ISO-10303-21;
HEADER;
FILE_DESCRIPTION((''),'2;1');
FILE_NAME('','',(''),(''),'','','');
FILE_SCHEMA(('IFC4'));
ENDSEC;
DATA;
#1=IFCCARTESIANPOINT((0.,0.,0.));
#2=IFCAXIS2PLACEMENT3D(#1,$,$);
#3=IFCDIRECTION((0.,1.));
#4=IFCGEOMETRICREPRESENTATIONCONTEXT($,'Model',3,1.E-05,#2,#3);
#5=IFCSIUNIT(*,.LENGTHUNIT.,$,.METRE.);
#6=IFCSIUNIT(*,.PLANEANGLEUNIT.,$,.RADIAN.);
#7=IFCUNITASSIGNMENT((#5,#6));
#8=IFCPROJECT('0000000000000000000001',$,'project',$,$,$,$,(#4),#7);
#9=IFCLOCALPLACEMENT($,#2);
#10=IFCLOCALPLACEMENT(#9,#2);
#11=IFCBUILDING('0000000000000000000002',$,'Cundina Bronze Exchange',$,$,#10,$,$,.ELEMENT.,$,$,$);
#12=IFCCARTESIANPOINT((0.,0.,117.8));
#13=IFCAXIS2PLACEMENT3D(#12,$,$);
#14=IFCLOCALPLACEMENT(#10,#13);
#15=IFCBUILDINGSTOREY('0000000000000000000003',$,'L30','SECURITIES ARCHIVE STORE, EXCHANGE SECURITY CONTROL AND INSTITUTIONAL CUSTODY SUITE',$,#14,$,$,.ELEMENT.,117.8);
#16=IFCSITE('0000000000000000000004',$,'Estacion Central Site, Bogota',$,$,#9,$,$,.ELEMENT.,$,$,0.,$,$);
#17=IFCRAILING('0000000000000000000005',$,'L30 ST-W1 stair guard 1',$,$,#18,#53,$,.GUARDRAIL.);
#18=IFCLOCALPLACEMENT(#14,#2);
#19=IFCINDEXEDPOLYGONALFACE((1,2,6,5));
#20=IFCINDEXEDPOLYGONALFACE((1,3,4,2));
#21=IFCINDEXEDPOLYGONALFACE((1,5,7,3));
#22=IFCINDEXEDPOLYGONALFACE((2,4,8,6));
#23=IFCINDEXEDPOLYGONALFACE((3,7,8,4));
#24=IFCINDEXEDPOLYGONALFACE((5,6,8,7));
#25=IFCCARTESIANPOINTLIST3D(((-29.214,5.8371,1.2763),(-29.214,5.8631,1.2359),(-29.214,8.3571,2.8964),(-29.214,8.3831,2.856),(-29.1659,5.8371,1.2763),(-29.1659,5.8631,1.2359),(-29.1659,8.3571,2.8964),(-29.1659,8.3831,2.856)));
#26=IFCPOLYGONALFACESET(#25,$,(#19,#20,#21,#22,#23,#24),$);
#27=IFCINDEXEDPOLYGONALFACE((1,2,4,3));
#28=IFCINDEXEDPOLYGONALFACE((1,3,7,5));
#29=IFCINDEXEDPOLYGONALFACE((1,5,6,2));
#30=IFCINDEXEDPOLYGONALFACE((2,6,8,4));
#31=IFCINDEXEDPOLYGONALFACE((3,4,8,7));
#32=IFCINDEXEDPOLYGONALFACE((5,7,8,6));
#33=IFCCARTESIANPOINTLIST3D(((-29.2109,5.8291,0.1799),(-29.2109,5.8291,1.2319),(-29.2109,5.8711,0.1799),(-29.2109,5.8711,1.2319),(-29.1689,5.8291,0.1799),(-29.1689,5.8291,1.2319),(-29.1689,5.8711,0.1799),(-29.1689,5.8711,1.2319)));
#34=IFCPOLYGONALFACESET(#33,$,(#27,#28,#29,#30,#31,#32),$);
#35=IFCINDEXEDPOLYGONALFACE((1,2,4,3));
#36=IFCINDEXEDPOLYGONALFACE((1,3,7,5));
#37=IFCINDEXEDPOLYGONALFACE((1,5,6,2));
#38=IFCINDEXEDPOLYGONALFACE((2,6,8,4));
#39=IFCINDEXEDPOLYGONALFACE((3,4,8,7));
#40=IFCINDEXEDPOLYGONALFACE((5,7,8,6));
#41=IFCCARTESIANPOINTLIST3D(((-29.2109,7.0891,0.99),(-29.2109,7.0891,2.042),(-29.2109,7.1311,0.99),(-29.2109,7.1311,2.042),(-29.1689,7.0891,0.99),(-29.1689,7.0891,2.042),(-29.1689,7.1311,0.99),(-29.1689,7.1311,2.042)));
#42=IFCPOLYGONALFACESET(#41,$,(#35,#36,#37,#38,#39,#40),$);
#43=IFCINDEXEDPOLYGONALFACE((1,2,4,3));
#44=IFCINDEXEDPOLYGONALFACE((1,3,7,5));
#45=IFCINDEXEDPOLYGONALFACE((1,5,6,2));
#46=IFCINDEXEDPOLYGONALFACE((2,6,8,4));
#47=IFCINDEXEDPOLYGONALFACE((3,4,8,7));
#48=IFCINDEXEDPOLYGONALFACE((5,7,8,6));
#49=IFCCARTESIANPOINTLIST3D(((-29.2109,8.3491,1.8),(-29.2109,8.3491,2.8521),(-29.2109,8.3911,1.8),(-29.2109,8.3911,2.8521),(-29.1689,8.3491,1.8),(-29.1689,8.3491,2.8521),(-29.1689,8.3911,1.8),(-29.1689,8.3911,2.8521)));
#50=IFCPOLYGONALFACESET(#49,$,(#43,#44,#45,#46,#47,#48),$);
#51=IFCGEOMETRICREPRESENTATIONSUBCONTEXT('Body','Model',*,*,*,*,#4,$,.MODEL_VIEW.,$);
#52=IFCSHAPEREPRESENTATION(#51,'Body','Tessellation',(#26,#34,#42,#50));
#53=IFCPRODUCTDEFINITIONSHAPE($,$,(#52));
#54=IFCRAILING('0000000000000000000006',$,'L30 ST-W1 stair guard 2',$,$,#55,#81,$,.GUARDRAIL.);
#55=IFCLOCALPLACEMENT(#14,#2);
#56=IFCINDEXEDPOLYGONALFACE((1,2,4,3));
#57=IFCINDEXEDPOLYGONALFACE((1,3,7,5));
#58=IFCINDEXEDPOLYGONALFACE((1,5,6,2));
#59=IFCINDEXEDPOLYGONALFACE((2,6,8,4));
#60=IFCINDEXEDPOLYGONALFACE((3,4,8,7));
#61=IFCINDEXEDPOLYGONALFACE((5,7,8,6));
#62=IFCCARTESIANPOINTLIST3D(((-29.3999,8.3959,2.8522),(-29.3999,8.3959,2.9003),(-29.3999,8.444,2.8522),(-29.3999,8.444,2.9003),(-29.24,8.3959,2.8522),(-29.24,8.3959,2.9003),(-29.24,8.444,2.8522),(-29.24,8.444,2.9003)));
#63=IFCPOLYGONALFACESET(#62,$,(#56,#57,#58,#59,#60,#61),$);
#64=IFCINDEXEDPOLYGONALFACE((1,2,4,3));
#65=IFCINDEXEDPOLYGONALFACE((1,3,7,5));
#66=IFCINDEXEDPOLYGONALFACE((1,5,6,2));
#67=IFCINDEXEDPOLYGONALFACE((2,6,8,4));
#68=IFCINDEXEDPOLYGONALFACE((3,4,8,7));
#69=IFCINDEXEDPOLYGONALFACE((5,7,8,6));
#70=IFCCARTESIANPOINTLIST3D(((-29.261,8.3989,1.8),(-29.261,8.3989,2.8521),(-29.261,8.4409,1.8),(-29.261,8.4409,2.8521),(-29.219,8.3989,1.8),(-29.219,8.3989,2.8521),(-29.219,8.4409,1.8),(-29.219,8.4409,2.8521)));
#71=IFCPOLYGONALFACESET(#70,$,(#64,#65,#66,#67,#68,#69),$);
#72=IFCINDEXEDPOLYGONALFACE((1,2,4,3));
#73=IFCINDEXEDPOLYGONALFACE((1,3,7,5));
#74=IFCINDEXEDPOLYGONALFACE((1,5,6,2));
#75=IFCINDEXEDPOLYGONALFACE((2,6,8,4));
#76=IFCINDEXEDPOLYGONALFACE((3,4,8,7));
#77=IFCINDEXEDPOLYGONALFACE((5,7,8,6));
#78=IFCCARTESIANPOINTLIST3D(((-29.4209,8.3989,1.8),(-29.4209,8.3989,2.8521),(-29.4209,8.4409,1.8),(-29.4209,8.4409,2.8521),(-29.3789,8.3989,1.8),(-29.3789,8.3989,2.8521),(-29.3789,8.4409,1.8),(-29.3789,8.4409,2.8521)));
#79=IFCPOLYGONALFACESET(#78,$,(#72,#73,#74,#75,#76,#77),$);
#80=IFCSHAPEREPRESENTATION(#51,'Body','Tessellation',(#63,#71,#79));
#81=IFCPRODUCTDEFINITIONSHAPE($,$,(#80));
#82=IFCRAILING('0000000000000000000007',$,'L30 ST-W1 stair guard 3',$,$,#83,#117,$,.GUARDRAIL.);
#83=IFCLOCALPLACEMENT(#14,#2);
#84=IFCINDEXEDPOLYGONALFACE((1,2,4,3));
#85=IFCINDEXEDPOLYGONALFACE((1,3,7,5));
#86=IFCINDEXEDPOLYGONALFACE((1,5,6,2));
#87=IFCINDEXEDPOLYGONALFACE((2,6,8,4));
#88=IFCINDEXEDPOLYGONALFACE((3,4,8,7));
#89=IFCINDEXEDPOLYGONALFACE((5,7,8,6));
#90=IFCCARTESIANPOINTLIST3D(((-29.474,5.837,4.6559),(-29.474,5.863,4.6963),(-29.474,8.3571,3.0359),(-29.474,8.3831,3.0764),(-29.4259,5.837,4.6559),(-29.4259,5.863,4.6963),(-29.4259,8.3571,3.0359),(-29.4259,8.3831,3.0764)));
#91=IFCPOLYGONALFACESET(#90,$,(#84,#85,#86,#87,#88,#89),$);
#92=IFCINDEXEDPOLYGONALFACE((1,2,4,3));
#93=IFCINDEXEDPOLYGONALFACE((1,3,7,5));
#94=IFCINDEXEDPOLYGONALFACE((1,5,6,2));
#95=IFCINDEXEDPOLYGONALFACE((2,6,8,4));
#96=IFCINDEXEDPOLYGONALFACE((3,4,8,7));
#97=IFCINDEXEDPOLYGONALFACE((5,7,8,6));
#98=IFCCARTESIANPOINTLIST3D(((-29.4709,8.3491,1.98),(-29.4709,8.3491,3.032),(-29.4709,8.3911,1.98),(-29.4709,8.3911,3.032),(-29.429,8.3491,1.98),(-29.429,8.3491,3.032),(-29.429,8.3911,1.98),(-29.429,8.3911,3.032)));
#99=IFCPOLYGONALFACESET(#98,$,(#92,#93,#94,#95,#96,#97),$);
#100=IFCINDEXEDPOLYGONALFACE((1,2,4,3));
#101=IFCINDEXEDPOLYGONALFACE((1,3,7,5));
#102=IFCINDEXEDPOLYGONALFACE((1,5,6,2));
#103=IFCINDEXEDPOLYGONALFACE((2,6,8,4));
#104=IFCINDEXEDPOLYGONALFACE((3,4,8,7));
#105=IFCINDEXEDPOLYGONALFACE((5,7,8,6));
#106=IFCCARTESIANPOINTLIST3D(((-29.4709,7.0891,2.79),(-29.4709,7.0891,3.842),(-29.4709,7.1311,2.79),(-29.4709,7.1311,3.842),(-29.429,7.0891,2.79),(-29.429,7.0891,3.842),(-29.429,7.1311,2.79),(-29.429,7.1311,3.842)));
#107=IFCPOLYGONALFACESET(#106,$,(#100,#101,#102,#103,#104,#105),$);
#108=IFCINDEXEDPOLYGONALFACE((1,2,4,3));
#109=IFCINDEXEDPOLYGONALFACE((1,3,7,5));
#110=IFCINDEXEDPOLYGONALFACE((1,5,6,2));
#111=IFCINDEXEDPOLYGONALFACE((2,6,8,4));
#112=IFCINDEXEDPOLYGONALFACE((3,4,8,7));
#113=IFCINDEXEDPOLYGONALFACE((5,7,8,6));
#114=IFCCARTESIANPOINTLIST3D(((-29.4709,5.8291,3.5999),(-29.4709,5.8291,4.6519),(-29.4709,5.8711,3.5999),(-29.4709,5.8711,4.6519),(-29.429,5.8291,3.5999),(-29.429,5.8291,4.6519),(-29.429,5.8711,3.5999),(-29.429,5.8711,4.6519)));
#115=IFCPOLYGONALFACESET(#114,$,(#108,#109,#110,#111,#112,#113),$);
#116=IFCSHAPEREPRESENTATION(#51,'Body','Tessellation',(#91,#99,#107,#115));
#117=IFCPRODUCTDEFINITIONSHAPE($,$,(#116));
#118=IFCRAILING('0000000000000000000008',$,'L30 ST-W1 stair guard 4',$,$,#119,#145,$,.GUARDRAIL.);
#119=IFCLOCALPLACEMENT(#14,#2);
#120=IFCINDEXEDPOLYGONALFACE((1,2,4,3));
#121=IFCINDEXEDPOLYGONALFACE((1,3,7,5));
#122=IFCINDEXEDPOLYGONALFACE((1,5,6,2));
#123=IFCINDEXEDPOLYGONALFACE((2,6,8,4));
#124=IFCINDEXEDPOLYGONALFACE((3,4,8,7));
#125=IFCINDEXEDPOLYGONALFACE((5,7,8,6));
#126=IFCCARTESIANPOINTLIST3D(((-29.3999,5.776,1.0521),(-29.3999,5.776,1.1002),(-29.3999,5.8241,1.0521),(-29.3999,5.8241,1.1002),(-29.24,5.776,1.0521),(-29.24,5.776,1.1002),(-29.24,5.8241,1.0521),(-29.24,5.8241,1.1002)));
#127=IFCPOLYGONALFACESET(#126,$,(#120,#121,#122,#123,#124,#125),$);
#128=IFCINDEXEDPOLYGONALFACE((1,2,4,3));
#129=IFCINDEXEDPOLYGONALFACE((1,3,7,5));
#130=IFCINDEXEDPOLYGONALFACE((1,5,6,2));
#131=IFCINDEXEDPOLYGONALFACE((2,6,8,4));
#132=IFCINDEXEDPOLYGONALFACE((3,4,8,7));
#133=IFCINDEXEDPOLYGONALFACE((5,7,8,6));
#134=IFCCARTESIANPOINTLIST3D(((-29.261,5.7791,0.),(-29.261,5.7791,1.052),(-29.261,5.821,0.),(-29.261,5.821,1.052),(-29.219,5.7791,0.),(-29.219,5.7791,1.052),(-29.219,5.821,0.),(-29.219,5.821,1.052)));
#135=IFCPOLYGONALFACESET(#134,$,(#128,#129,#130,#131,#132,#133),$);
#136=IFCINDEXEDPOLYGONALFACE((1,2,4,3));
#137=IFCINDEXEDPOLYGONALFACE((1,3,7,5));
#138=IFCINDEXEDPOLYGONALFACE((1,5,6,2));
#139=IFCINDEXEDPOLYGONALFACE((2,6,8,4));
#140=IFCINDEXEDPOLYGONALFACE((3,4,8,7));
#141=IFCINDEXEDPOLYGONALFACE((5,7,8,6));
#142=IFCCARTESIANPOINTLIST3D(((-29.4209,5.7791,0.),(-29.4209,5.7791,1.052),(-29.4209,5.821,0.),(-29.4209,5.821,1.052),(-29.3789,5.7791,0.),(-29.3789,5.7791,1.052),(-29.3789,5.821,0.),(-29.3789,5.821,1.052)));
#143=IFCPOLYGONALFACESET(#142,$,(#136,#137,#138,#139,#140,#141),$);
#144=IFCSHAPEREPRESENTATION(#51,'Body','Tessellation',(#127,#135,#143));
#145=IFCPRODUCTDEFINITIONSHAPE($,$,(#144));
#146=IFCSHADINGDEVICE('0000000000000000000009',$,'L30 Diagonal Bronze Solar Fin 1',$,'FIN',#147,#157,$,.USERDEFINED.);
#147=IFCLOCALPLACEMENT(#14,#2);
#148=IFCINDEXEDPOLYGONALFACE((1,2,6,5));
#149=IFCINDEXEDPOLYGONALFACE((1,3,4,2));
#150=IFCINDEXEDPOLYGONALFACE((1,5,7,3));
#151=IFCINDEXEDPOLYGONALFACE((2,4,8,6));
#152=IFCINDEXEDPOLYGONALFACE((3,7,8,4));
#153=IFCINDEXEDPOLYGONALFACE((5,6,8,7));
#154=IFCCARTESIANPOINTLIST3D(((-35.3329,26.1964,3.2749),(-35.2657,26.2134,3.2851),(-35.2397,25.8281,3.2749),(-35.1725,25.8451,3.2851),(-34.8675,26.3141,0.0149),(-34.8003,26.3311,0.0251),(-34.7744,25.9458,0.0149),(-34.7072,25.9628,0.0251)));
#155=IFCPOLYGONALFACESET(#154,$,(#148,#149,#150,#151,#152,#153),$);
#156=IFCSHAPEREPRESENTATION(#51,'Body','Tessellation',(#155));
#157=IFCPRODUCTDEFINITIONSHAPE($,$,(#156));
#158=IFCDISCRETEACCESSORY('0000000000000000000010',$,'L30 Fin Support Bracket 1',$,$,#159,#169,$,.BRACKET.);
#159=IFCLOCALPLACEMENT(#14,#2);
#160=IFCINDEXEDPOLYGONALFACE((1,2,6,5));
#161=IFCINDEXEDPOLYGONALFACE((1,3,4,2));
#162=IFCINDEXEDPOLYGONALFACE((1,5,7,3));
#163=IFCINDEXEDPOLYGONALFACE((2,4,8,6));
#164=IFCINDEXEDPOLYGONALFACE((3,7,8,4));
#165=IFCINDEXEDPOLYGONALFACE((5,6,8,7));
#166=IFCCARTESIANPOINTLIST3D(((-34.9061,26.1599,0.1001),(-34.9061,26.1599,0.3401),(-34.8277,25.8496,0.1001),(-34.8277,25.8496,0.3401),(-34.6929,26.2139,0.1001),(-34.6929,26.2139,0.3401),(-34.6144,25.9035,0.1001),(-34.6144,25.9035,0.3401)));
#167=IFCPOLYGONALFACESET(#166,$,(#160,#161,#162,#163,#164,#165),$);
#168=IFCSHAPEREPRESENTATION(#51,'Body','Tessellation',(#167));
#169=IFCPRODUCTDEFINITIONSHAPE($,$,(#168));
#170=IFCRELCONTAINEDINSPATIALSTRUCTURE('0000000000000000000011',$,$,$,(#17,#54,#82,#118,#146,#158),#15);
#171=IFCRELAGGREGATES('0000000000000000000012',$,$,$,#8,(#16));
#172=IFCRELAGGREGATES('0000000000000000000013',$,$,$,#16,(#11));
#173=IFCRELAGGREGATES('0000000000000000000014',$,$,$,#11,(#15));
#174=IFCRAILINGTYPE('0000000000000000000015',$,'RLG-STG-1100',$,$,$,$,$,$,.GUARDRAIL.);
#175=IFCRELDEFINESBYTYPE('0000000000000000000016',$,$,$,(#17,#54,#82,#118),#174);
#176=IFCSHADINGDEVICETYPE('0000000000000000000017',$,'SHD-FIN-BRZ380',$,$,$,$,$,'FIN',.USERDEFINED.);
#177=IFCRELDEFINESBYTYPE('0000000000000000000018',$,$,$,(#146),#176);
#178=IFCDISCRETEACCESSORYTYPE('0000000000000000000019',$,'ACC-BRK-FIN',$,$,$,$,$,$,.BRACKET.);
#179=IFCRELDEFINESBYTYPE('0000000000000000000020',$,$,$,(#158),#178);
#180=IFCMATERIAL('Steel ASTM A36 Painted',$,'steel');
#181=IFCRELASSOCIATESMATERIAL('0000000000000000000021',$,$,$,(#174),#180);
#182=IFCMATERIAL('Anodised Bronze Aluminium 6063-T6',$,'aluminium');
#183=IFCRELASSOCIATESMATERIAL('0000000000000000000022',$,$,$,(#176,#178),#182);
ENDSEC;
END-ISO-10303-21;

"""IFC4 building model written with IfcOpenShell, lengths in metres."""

from ifc_helpers import new_model, si_unit, direction, frame, origin, origin_2d, place, context, subcontext, project, spatial, rectangle, extrude, material, material_profile, profile_set, type_object, element, save


model = new_model("IFC4")

# Units and contexts
model_context = context("Model", 3, precision=1e-05, world=origin(), true_north=direction((0.0, 1.0)))
body_context = subcontext(model_context, "Body", "Model", "MODEL_VIEW")
ifc_project = project(units=[si_unit("LENGTHUNIT", "METRE"), si_unit("PLANEANGLEUNIT", "RADIAN")], contexts=[model_context])

# Site, building, storey
site_placement = place(None, origin())
site = spatial("IfcSite", under=ifc_project, at=site_placement, Name="Estacion Central Site, Bogota", CompositionType="ELEMENT", RefElevation=0.0)
building_placement = place(site_placement, origin())
building = spatial("IfcBuilding", under=site, at=building_placement, Name="Cundina Bronze Exchange", CompositionType="ELEMENT")
storey_placement = place(building_placement, frame((0.0, 0.0, 117.8)))
storey = spatial("IfcBuildingStorey", under=building, at=storey_placement, Name="L30", Description="SECURITIES ARCHIVE STORE, EXCHANGE SECURITY CONTROL AND INSTITUTIONAL CUSTODY SUITE", CompositionType="ELEMENT", Elevation=117.8)

# Shared definitions
ifc_material_1 = material(Name="Anodised Bronze Aluminium 6063-T6", Category="aluminium")

# Shared definitions
ifc_material_2 = material(Name="Steel ASTM A36 Painted", Category="steel")

# Railings
railing_type_1 = type_object("IfcRailingType", Name="RLG-STG-1100", PredefinedType="GUARDRAIL", material=ifc_material_2)
railing_1_placement = place(storey_placement, frame((-29.1899, 5.8501, 0.1799)))
element("IfcRailing", 1, at=railing_1_placement, inside=storey, type_object=railing_type_1, Name="L30 ST-W1 stair guard 1", PredefinedType="GUARDRAIL", context=body_context, shape_type="SweptSolid", body=[
    extrude(rectangle(XDim=0.0481, YDim=0.0481, at=origin_2d()), frame((0.0, 0.0, 1.0762), z_axis=(0.0, 0.841163, 0.540782), x_axis=(-1.0, 0.0, 0.0)), (0.0, 0.0, 1.0), 2.9958),
    extrude(rectangle(XDim=0.042, YDim=0.042, at=origin_2d()), origin(), (0.0, 0.0, 1.0), 1.052),
    extrude(rectangle(XDim=0.042, YDim=0.042, at=origin_2d()), frame((0.0, 1.26, 0.8101)), (0.0, 0.0, 1.0), 1.052),
    extrude(rectangle(XDim=0.042, YDim=0.042, at=origin_2d()), frame((0.0, 2.52, 1.6201)), (0.0, 0.0, 1.0), 1.052),
])
railing_2_placement = place(storey_placement, frame((-29.24, 8.4199, 1.8)))
element("IfcRailing", 2, at=railing_2_placement, inside=storey, type_object=railing_type_1, Name="L30 ST-W1 stair guard 2", PredefinedType="GUARDRAIL", context=body_context, shape_type="SweptSolid", body=[
    extrude(rectangle(XDim=0.0481, YDim=0.0481, at=origin_2d()), frame((0.0, 0.0, 1.0762), z_axis=(-1.0, 0.0, 0.0), x_axis=(0.0, -1.0, 0.0)), (0.0, 0.0, 1.0), 0.1599),
    extrude(rectangle(XDim=0.042, YDim=0.042, at=origin_2d()), origin(), (0.0, 0.0, 1.0), 1.052),
    extrude(rectangle(XDim=0.042, YDim=0.042, at=origin_2d()), frame((-0.1599, 0.0, 0.0)), (0.0, 0.0, 1.0), 1.052),
])
railing_3_placement = place(storey_placement, frame((-29.45, 8.3701, 1.98)))
element("IfcRailing", 3, at=railing_3_placement, inside=storey, type_object=railing_type_1, Name="L30 ST-W1 stair guard 3", PredefinedType="GUARDRAIL", context=body_context, shape_type="SweptSolid", body=[
    extrude(rectangle(XDim=0.0481, YDim=0.0481, at=origin_2d()), frame((0.0, 0.0, 1.0762), z_axis=(0.0, -0.8412, 0.540725), x_axis=(1.0, 0.0, 0.0)), (0.0, 0.0, 1.0), 2.9958),
    extrude(rectangle(XDim=0.042, YDim=0.042, at=origin_2d()), origin(), (0.0, 0.0, 1.0), 1.052),
    extrude(rectangle(XDim=0.042, YDim=0.042, at=origin_2d()), frame((0.0, -1.26, 0.8101)), (0.0, 0.0, 1.0), 1.052),
    extrude(rectangle(XDim=0.042, YDim=0.042, at=origin_2d()), frame((0.0, -2.52, 1.6199)), (0.0, 0.0, 1.0), 1.052),
])
railing_4_placement = place(storey_placement, frame((-29.24, 5.8, 0.0)))
element("IfcRailing", 4, at=railing_4_placement, inside=storey, type_object=railing_type_1, Name="L30 ST-W1 stair guard 4", PredefinedType="GUARDRAIL", context=body_context, shape_type="SweptSolid", body=[
    extrude(rectangle(XDim=0.0481, YDim=0.0481, at=origin_2d()), frame((0.0, 0.0, 1.0762), z_axis=(-1.0, 0.0, 0.0), x_axis=(0.0, -1.0, 0.0)), (0.0, 0.0, 1.0), 0.1599),
    extrude(rectangle(XDim=0.042, YDim=0.042, at=origin_2d()), origin(), (0.0, 0.0, 1.0), 1.052),
    extrude(rectangle(XDim=0.042, YDim=0.042, at=origin_2d()), frame((-0.1599, 0.0, 0.0)), (0.0, 0.0, 1.0), 1.052),
])

# Shading device
ifc_material_profile_1 = material_profile(ifc_material_1, rectangle(XDim=0.0701, YDim=0.3799, at=origin_2d()), Name="FIN70X380", Category="aluminium")
ifc_profile_set_1 = profile_set([ifc_material_profile_1], Name="Anodised Bronze Aluminium 6063-T6")
shading_device_type = type_object("IfcShadingDeviceType", Name="SHD-FIN-BRZ380", ElementType="FIN", PredefinedType="USERDEFINED", material=ifc_profile_set_1)
shading_device_placement = place(storey_placement, frame((-34.7874, 26.1384, 0.02), z_axis=(-0.141217, -0.035712, 0.989334), x_axis=(0.959141, 0.242553, 0.145663)))
element("IfcShadingDevice", 5, at=shading_device_placement, inside=storey, type_object=shading_device_type, Name="L30 Diagonal Bronze Solar Fin 1", ObjectType="FIN", PredefinedType="USERDEFINED", context=body_context, shape_type="SweptSolid", body=[
    extrude(rectangle(XDim=0.0701, YDim=0.3799, at=origin_2d()), origin(), (0.0, 0.0, 1.0), 3.2952),
])

# Discrete accessory
discrete_accessory_type = type_object("IfcDiscreteAccessoryType", Name="ACC-BRK-FIN", PredefinedType="BRACKET", material=ifc_material_1)
discrete_accessory_placement = place(storey_placement, frame((-34.7603, 26.0317, 0.1001), z_axis=(0.0, 0.0, 1.0), x_axis=(-0.969488, -0.245138, 0.0)))
element("IfcDiscreteAccessory", 6, at=discrete_accessory_placement, inside=storey, type_object=discrete_accessory_type, Name="L30 Fin Support Bracket 1", PredefinedType="BRACKET", context=body_context, shape_type="SweptSolid", body=[
    extrude(rectangle(XDim=0.22, YDim=0.3201, at=origin_2d()), origin(), (0.0, 0.0, 1.0), 0.24),
])

save(model, "model.ifc")
